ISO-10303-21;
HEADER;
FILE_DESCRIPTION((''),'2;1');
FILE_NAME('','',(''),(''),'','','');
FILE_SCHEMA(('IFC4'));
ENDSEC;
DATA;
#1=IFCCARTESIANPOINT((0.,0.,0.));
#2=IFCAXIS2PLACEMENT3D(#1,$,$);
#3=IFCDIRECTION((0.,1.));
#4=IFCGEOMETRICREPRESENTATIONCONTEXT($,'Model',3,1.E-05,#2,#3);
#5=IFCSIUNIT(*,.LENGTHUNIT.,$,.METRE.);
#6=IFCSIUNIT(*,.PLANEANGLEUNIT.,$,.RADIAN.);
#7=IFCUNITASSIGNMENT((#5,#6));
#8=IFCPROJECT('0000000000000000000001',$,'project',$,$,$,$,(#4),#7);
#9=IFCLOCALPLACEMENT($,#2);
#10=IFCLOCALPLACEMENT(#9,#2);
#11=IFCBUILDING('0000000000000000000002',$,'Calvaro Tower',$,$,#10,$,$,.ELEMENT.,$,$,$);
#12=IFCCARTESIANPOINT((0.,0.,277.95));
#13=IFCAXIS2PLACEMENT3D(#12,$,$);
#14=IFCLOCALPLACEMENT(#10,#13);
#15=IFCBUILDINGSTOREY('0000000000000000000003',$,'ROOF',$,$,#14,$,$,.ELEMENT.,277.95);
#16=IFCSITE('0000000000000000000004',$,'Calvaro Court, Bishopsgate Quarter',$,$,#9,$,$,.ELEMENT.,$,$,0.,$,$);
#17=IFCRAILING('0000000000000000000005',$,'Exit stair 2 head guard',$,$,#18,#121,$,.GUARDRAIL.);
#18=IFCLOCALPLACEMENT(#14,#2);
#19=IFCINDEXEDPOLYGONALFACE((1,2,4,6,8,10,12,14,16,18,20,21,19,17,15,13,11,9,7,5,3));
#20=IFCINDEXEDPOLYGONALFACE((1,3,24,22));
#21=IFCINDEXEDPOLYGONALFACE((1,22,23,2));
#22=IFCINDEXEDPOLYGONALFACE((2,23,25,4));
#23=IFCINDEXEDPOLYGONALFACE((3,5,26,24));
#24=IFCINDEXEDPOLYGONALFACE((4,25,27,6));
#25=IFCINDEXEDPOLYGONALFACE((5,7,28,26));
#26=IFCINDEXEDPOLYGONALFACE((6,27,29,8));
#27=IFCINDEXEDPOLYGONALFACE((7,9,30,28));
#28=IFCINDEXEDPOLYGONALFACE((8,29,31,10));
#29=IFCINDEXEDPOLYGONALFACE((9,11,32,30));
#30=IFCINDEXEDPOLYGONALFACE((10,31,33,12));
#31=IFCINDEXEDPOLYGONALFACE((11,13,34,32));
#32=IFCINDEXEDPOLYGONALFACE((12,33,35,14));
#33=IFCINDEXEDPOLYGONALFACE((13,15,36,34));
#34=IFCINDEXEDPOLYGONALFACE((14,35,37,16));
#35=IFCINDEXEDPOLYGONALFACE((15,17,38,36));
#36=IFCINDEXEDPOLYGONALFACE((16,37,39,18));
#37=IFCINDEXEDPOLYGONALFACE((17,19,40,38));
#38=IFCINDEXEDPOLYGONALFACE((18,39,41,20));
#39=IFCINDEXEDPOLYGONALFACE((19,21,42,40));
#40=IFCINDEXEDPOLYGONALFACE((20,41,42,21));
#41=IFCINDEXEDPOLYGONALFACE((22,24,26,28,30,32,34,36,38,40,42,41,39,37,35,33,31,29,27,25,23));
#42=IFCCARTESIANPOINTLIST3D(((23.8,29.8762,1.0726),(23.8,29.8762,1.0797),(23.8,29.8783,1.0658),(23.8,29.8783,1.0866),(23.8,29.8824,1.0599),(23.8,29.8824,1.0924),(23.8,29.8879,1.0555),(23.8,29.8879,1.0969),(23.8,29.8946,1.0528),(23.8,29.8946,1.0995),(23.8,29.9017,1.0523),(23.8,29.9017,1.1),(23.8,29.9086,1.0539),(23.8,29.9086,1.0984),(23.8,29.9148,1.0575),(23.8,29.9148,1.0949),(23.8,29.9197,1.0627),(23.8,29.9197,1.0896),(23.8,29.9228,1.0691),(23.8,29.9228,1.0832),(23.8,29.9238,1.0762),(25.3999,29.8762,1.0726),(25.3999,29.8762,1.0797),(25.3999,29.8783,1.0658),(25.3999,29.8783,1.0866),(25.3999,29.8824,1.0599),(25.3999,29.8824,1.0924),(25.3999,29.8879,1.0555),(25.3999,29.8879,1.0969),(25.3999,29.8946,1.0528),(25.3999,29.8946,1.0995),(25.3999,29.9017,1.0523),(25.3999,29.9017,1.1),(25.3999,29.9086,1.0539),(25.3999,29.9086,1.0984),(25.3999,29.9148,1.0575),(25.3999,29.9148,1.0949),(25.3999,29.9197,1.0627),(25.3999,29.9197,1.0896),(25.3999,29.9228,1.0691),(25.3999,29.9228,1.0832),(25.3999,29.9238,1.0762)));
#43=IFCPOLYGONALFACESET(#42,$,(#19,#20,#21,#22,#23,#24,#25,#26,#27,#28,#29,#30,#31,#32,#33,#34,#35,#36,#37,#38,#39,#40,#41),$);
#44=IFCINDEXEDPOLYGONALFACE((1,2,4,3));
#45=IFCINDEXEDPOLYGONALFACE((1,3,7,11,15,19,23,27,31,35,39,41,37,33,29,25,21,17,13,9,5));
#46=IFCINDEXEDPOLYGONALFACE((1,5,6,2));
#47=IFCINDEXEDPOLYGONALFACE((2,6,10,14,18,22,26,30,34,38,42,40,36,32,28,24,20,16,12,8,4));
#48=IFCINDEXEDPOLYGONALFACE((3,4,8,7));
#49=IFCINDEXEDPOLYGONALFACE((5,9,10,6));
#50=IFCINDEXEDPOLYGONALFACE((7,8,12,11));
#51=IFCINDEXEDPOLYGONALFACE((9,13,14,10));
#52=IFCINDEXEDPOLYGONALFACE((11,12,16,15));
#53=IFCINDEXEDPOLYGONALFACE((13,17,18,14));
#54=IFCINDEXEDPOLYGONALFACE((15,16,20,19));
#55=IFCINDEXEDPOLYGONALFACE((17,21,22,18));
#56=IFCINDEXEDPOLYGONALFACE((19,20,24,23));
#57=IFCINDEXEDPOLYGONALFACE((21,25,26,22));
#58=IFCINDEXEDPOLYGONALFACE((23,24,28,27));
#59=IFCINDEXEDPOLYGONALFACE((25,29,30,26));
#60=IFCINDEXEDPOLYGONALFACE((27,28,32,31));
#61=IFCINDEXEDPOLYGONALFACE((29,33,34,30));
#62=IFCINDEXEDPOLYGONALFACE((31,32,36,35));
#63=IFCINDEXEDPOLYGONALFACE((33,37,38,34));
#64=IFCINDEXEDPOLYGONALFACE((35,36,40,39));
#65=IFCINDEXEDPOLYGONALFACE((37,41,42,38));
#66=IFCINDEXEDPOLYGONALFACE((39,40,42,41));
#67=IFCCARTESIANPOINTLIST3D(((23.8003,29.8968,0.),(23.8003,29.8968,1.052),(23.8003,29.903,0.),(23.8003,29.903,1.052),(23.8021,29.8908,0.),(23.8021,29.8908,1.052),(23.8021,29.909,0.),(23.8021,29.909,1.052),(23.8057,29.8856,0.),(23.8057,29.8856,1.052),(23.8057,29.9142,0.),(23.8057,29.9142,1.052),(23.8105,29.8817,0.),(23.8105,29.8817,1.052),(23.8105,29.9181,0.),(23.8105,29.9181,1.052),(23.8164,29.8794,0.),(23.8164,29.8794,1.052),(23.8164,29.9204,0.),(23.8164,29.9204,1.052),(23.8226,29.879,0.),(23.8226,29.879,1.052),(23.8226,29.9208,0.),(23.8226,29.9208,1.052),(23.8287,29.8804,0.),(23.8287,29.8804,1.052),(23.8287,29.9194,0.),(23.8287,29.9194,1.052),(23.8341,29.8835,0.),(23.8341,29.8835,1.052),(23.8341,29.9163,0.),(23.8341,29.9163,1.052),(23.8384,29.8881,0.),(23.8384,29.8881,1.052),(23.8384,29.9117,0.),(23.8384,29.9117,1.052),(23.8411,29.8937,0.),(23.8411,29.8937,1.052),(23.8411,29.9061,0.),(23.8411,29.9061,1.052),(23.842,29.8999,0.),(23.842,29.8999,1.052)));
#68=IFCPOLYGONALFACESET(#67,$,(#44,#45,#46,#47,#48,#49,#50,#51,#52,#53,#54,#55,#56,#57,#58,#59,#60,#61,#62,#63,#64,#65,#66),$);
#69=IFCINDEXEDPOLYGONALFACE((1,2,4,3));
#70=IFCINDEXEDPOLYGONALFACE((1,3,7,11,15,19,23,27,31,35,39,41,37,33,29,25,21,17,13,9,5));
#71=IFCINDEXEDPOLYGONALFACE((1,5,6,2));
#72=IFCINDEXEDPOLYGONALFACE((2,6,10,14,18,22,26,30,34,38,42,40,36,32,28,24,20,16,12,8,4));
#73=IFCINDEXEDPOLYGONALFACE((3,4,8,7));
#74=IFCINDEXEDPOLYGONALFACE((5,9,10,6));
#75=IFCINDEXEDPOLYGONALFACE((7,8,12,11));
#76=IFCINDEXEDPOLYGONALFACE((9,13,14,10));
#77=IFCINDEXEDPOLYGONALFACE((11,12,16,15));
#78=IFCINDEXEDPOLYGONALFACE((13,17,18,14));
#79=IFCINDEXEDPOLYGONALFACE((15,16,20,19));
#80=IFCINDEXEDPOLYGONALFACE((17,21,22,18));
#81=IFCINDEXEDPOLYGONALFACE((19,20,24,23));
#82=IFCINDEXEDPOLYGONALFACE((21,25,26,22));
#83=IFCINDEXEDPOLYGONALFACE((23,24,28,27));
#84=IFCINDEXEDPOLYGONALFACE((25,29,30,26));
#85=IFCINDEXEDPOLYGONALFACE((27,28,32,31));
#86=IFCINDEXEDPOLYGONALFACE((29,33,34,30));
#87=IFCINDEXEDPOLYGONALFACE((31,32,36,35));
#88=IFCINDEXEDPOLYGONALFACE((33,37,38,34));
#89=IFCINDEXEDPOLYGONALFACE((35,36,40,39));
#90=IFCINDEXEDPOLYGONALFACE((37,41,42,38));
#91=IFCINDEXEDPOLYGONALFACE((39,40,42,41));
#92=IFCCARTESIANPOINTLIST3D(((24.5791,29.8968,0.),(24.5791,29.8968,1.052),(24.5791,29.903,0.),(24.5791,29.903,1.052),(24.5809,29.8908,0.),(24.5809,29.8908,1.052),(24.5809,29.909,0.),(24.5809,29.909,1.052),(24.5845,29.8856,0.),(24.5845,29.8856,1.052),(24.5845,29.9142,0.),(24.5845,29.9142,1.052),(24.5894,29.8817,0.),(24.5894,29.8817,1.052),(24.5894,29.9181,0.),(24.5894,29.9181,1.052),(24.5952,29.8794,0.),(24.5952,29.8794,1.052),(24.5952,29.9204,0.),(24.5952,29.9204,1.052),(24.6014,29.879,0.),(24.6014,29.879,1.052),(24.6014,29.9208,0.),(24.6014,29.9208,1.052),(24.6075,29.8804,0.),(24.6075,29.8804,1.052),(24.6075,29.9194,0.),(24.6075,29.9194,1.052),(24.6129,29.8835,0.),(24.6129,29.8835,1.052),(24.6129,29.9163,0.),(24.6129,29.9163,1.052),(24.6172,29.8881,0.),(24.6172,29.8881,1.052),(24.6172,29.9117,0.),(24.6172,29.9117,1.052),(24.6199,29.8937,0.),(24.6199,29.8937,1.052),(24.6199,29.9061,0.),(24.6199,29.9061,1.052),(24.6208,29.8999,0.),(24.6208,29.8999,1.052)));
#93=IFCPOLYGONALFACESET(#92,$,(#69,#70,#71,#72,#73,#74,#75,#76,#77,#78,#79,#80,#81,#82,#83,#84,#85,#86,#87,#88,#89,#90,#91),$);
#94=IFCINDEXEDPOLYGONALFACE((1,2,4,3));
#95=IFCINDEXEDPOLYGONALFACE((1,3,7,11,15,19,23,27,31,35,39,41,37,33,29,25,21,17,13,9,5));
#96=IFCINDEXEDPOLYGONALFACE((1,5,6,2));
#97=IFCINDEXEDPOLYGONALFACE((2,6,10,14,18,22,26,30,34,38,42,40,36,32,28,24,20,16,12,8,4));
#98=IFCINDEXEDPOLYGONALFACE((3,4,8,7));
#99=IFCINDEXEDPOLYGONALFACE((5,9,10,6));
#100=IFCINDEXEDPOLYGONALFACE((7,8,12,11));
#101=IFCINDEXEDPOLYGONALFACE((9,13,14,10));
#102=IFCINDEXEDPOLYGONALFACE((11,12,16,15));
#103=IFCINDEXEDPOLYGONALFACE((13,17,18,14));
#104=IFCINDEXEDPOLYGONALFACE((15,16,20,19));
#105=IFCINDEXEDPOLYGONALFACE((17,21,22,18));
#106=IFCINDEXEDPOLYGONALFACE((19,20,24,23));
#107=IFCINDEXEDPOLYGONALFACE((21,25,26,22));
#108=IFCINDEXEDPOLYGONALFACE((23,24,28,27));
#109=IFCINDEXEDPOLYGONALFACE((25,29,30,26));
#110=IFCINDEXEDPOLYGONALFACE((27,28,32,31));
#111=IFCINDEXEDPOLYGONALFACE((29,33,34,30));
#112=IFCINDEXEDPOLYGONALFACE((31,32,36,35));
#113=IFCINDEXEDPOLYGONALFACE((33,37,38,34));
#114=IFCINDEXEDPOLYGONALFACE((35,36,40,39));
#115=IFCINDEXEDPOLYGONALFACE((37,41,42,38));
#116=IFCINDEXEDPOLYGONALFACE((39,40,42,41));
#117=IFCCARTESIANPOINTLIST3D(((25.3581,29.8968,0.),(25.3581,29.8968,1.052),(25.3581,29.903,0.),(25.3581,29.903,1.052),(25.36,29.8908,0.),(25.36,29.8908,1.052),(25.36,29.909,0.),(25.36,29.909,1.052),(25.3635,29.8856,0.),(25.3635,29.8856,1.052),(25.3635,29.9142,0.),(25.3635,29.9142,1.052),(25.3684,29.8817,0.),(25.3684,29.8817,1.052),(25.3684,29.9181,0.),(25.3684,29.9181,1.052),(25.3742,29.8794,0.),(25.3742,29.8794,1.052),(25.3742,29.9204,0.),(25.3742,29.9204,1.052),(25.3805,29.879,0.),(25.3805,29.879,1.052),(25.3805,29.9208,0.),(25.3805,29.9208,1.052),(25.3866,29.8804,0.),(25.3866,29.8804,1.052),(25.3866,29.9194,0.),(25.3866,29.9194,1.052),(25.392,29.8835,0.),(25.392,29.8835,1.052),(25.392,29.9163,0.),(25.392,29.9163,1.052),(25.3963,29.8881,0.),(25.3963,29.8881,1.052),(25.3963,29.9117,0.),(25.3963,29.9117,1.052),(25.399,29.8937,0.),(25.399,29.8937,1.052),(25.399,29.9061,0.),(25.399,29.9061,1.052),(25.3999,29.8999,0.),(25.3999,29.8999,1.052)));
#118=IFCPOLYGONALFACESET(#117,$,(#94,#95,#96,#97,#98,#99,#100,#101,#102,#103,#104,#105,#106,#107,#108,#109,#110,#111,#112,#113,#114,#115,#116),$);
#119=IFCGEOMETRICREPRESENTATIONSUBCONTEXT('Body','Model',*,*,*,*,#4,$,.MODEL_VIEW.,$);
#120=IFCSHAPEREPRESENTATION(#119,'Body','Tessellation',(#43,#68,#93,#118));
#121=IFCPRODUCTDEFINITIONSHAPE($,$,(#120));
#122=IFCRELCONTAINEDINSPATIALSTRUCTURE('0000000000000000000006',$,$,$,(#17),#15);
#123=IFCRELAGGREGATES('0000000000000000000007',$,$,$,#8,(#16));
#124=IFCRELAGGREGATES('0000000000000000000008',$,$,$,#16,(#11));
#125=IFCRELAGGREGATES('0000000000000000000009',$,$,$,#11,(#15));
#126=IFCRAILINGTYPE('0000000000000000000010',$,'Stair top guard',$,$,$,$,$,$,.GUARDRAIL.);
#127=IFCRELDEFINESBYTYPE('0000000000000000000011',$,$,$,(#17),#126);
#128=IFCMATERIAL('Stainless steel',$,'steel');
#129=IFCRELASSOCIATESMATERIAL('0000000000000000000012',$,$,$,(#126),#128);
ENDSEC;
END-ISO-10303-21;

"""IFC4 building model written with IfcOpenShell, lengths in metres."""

from ifc_helpers import new_model, si_unit, direction, frame, origin, origin_2d, place, context, subcontext, project, spatial, circle, extrude, material, type_object, element, save


model = new_model("IFC4")

# Units and contexts
model_context = context("Model", 3, precision=1e-05, world=origin(), true_north=direction((0.0, 1.0)))
body_context = subcontext(model_context, "Body", "Model", "MODEL_VIEW")
ifc_project = project(units=[si_unit("LENGTHUNIT", "METRE"), si_unit("PLANEANGLEUNIT", "RADIAN")], contexts=[model_context])

# Site, building, storey
site_placement = place(None, origin())
site = spatial("IfcSite", under=ifc_project, at=site_placement, Name="Calvaro Court, Bishopsgate Quarter", CompositionType="ELEMENT", RefElevation=0.0)
building_placement = place(site_placement, origin())
building = spatial("IfcBuilding", under=site, at=building_placement, Name="Calvaro Tower", CompositionType="ELEMENT")
storey_placement = place(building_placement, frame((0.0, 0.0, 277.95)))
storey = spatial("IfcBuildingStorey", under=building, at=storey_placement, Name="ROOF", CompositionType="ELEMENT", Elevation=277.95)

# Railing
ifc_material_1 = material(Name="Stainless steel", Category="steel")
railing_type = type_object("IfcRailingType", Name="Stair top guard", PredefinedType="GUARDRAIL", material=ifc_material_1)
railing_placement = place(storey_placement, frame((23.8, 29.8999, 0.0)))
element("IfcRailing", 1, at=railing_placement, inside=storey, type_object=railing_type, Name="Exit stair 2 head guard", PredefinedType="GUARDRAIL", context=body_context, shape_type="SweptSolid", body=[
    extrude(circle(Radius=0.0239, at=origin_2d()), frame((0.0, 0.0, 1.0762), z_axis=(1.0, 0.0, 0.0), x_axis=(0.0, 1.0, 0.0)), (0.0, 0.0, 1.0), 1.5999),
    extrude(circle(Radius=0.021, at=origin_2d()), frame((0.021, 0.0, 0.0)), (0.0, 0.0, 1.0), 1.052),
    extrude(circle(Radius=0.021, at=origin_2d()), frame((0.7998, 0.0, 0.0)), (0.0, 0.0, 1.0), 1.052),
    extrude(circle(Radius=0.021, at=origin_2d()), frame((1.5789, 0.0, 0.0)), (0.0, 0.0, 1.0), 1.052),
])

save(model, "model.ifc")
